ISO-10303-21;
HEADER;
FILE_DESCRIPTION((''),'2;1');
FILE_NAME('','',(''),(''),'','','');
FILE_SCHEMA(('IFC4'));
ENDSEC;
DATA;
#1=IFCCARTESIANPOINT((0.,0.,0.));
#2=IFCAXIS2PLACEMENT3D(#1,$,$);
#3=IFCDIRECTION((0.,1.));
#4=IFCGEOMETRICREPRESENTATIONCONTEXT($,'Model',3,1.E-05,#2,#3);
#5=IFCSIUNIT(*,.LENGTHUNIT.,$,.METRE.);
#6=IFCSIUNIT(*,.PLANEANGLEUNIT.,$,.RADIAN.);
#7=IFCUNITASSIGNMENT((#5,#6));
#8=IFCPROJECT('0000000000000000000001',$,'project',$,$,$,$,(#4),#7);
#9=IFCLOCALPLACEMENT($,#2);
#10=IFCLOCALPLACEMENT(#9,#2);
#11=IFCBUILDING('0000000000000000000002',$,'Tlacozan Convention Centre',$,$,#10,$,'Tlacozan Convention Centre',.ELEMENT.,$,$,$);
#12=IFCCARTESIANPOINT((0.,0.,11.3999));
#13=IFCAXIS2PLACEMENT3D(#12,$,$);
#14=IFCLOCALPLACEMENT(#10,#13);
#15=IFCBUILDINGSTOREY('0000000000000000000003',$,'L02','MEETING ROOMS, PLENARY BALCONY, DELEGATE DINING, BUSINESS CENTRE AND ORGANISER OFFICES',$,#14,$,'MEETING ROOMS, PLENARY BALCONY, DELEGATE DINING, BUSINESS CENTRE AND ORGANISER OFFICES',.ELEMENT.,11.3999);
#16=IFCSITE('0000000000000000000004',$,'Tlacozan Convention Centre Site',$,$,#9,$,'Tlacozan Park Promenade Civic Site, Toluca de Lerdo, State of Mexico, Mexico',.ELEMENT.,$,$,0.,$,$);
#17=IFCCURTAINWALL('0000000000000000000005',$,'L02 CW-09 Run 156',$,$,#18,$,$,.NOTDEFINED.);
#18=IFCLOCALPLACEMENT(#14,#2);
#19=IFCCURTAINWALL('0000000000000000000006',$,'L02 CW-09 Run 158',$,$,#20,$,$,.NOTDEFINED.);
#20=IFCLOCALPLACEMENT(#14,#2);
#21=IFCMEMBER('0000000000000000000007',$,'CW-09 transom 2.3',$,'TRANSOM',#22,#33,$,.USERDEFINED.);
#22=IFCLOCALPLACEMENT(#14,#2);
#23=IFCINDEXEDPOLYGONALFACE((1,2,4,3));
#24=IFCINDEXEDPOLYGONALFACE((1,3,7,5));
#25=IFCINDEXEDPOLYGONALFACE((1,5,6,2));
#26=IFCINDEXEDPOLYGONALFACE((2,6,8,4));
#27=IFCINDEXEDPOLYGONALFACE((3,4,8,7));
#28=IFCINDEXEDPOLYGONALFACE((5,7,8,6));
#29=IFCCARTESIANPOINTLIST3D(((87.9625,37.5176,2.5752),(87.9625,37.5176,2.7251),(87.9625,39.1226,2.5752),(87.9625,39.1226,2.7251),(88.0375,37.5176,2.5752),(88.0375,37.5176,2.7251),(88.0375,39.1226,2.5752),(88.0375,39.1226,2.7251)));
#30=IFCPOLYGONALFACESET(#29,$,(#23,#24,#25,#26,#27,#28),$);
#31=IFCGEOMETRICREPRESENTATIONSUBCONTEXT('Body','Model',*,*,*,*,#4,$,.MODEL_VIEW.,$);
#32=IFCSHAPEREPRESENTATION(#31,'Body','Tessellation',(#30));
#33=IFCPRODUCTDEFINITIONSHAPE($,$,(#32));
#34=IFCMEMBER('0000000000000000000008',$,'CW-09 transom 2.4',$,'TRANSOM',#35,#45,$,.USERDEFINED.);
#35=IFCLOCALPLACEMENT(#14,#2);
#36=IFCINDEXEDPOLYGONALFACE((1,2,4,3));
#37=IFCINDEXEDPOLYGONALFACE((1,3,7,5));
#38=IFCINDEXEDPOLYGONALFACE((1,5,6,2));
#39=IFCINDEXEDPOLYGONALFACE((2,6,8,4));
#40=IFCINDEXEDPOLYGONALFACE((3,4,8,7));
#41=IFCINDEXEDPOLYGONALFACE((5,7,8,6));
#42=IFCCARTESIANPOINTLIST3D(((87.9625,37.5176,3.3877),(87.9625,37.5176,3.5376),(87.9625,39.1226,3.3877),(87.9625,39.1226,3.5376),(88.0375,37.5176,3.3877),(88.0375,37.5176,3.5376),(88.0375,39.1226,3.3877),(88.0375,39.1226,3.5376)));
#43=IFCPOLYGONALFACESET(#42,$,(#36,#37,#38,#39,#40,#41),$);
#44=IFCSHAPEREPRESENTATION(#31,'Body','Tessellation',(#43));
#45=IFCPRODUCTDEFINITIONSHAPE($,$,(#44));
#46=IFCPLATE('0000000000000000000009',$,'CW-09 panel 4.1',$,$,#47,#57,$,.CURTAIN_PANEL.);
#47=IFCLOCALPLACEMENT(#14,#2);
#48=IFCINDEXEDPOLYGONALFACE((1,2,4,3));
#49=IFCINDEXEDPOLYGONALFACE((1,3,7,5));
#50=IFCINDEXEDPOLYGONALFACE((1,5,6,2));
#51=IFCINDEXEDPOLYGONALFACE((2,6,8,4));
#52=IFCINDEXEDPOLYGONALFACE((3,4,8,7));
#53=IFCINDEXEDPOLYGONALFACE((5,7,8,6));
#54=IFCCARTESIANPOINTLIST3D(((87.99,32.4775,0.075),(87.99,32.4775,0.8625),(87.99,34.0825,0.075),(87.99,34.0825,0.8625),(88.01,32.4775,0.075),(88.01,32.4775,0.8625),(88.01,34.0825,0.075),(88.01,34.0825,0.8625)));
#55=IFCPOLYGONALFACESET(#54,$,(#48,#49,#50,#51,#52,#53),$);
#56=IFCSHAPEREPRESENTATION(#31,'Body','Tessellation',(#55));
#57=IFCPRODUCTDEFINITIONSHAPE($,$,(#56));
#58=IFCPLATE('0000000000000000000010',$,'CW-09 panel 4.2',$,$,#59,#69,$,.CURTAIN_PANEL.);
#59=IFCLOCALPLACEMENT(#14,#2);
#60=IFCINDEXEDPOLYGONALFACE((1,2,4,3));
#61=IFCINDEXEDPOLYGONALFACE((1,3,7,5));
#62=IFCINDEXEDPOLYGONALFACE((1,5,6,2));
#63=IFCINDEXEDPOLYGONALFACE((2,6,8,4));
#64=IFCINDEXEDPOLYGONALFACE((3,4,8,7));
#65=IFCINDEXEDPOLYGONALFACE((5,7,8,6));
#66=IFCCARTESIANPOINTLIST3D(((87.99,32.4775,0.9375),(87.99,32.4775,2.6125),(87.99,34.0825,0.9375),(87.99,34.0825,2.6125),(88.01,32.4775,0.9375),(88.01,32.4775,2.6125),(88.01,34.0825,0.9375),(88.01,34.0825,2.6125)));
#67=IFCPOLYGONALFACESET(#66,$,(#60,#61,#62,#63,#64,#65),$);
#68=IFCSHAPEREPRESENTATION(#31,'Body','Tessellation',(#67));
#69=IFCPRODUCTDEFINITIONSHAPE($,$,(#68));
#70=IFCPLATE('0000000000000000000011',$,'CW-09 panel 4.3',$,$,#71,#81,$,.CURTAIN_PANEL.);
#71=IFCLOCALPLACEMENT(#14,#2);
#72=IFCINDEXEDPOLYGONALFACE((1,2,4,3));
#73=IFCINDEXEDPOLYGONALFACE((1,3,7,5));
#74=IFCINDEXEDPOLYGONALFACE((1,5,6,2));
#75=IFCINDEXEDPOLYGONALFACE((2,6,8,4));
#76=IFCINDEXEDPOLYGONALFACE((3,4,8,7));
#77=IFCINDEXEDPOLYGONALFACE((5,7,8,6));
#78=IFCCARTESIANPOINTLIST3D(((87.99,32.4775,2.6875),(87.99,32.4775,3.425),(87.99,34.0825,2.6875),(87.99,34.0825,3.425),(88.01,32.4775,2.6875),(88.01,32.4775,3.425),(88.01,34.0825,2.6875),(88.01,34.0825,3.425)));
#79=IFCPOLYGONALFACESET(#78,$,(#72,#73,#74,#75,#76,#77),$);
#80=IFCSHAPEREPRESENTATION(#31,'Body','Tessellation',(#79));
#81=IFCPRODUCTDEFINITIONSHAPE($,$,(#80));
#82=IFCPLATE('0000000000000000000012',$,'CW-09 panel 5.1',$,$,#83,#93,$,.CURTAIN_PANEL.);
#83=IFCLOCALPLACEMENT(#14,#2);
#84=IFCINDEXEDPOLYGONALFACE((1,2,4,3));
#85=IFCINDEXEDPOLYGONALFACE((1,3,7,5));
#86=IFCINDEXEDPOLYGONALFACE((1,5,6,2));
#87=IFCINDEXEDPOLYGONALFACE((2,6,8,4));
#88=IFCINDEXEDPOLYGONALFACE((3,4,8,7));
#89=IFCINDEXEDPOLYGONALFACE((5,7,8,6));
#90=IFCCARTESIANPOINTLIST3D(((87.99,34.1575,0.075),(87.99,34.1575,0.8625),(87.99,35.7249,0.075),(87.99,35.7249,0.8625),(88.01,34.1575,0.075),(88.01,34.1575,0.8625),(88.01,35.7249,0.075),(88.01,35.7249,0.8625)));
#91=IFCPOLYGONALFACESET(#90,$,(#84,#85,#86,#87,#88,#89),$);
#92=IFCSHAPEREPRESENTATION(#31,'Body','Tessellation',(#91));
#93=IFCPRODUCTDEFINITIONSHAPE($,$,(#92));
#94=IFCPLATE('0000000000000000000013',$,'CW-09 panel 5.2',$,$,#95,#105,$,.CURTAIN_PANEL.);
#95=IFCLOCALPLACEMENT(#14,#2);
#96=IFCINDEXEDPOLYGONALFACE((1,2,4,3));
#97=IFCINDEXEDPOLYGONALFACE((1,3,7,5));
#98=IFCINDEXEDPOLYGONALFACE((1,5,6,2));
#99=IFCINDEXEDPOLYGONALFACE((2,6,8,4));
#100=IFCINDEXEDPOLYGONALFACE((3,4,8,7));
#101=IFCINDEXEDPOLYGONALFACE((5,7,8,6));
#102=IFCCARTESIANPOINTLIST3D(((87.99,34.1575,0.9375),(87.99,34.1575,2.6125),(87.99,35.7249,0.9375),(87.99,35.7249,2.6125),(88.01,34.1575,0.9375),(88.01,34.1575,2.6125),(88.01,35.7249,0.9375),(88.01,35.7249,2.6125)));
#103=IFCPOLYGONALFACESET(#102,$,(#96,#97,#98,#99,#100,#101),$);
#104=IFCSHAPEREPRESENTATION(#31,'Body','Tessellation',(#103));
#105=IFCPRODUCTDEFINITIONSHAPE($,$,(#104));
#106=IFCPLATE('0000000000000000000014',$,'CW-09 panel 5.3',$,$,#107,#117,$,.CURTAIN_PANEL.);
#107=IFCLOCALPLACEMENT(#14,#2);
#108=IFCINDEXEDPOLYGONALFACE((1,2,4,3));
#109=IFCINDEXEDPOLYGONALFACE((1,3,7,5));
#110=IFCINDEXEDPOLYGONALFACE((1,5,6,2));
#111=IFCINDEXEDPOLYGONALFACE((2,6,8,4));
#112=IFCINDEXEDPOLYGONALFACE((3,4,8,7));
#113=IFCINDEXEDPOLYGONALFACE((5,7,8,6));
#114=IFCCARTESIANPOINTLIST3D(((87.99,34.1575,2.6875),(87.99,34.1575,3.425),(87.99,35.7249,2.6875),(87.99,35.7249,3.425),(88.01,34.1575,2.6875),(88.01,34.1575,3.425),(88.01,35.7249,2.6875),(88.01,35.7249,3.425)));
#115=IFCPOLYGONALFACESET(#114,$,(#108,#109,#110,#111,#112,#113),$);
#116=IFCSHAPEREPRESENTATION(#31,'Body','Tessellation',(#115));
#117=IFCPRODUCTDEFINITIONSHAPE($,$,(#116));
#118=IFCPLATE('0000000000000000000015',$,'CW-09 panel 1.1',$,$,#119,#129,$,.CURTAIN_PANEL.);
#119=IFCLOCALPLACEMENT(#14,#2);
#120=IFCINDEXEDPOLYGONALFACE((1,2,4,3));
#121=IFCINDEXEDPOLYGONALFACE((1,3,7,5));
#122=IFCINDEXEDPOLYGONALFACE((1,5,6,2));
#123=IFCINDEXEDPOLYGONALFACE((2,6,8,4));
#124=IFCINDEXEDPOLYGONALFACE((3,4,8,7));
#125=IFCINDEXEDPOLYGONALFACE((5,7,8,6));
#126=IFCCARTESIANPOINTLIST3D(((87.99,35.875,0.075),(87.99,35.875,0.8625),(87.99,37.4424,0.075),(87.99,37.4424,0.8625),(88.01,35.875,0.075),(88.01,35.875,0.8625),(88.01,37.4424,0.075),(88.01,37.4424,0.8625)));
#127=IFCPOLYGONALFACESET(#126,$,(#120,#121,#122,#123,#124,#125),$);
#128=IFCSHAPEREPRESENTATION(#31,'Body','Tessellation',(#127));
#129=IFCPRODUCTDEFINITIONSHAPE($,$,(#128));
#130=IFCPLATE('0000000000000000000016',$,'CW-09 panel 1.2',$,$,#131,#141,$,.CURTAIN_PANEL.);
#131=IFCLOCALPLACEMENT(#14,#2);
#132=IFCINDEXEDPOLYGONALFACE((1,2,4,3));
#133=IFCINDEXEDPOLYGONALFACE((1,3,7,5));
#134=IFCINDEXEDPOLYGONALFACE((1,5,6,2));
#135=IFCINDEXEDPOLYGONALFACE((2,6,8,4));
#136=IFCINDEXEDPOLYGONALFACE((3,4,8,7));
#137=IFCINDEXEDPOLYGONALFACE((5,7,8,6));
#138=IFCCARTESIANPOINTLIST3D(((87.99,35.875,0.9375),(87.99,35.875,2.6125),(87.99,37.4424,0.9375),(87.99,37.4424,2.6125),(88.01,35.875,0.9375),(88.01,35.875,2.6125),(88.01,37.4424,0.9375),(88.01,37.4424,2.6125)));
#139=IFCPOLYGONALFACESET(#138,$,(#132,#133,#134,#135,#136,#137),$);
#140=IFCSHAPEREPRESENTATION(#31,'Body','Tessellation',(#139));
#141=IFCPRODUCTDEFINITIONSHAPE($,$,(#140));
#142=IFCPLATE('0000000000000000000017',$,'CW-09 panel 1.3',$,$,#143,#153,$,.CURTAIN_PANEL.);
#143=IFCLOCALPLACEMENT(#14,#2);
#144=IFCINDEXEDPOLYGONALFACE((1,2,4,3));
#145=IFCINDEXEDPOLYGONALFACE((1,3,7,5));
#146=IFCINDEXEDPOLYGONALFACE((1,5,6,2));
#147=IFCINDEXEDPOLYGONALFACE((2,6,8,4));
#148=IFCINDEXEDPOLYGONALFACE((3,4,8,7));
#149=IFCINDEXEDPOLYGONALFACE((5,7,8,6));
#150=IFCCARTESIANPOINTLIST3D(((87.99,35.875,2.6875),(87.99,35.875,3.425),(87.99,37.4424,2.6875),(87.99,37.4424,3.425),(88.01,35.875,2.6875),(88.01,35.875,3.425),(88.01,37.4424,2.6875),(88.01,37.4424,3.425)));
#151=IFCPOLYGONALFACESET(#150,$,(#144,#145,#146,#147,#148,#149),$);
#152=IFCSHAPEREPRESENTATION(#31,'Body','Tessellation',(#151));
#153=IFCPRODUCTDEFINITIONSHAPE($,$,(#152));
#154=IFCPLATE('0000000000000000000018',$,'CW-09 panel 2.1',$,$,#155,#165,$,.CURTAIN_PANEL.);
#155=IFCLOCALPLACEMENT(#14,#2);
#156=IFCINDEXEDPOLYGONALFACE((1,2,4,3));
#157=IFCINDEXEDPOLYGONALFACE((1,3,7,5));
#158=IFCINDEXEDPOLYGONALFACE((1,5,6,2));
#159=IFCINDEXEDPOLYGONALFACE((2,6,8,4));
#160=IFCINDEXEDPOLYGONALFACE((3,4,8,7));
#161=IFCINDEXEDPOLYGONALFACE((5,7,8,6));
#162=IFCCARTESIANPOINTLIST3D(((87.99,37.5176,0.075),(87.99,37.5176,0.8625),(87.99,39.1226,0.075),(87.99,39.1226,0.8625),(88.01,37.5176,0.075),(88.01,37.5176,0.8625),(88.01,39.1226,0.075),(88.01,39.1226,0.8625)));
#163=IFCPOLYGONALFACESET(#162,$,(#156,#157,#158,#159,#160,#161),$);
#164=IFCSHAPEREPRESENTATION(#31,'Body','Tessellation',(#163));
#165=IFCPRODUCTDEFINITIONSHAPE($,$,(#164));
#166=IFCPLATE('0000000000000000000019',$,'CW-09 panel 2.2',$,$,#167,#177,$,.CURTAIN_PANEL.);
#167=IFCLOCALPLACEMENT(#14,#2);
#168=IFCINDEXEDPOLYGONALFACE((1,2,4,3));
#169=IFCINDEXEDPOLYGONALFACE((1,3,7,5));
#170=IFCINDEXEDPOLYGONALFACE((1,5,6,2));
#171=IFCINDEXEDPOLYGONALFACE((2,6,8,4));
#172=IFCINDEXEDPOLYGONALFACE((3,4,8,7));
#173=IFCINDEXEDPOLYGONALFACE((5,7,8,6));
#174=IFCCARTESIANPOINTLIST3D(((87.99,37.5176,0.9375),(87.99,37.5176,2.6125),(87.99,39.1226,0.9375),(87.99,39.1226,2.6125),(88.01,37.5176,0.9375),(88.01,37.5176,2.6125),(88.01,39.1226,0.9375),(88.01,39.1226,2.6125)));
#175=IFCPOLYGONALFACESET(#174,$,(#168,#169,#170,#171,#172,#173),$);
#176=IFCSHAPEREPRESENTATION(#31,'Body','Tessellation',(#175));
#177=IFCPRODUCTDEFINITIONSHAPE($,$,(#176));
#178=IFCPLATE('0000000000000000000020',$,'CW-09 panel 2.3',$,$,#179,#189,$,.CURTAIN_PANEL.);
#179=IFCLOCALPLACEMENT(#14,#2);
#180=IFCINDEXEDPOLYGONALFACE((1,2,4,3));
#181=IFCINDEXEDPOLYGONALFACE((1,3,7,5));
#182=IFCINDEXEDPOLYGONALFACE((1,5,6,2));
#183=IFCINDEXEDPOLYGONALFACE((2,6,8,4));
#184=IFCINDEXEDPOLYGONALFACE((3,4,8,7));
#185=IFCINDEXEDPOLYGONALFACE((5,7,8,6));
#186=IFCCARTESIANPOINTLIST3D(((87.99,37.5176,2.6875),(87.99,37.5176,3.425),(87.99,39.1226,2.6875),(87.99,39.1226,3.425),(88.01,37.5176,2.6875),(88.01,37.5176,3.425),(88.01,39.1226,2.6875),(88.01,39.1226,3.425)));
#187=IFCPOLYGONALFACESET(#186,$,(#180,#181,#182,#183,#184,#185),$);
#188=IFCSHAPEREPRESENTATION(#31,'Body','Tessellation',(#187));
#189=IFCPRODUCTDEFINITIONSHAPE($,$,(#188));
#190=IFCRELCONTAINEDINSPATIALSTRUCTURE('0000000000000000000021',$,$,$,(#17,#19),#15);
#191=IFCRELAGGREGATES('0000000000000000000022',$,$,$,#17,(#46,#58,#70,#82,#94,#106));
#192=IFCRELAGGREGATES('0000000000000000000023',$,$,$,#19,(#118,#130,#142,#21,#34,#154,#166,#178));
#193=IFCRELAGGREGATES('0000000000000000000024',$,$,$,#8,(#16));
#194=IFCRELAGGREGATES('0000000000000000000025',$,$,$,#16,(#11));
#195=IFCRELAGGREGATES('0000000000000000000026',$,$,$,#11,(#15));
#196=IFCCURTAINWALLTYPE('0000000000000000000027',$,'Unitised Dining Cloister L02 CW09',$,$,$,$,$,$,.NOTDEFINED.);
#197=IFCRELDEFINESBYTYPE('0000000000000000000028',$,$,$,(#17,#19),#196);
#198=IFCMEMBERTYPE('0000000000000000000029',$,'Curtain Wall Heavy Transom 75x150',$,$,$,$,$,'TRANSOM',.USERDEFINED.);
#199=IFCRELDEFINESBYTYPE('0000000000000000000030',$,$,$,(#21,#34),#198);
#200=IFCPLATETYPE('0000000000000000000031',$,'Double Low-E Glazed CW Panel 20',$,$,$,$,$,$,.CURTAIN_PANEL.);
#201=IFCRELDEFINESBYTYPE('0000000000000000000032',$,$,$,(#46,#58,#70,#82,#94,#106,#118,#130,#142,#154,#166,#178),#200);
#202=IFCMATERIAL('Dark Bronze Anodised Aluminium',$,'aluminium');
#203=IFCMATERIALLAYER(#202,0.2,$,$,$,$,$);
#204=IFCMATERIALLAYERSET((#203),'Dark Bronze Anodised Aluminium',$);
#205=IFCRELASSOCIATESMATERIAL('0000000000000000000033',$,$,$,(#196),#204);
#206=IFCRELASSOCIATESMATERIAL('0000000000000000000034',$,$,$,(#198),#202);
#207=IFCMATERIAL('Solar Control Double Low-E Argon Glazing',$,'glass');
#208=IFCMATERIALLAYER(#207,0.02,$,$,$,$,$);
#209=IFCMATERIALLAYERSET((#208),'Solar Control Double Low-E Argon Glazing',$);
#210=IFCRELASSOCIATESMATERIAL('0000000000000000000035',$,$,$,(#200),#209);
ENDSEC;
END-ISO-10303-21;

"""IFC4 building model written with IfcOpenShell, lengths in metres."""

from ifc_helpers import new_model, si_unit, direction, frame, origin, origin_2d, place, context, subcontext, project, spatial, rectangle, extrude, material, layer, layer_set, material_profile, profile_set, type_object, element, aggregate, save


model = new_model("IFC4")

# Units and contexts
model_context = context("Model", 3, precision=1e-05, world=origin(), true_north=direction((0.0, 1.0)))
body_context = subcontext(model_context, "Body", "Model", "MODEL_VIEW")
ifc_project = project(units=[si_unit("LENGTHUNIT", "METRE"), si_unit("PLANEANGLEUNIT", "RADIAN")], contexts=[model_context])

# Site, building, storey
site_placement = place(None, origin())
site = spatial("IfcSite", under=ifc_project, at=site_placement, Name="Tlacozan Convention Centre Site", LongName="Tlacozan Park Promenade Civic Site, Toluca de Lerdo, State of Mexico, Mexico", CompositionType="ELEMENT", RefElevation=0.0)
building_placement = place(site_placement, origin())
building = spatial("IfcBuilding", under=site, at=building_placement, Name="Tlacozan Convention Centre", LongName="Tlacozan Convention Centre", CompositionType="ELEMENT")
storey_placement = place(building_placement, frame((0.0, 0.0, 11.3999)))
storey = spatial("IfcBuildingStorey", under=building, at=storey_placement, Name="L02", Description="MEETING ROOMS, PLENARY BALCONY, DELEGATE DINING, BUSINESS CENTRE AND ORGANISER OFFICES", LongName="MEETING ROOMS, PLENARY BALCONY, DELEGATE DINING, BUSINESS CENTRE AND ORGANISER OFFICES", CompositionType="ELEMENT", Elevation=11.3999)

# Curtain walls
ifc_material_1 = material(Name="Dark Bronze Anodised Aluminium", Category="aluminium")
ifc_layer_1 = layer(ifc_material_1, 0.2)
ifc_layer_set_1 = layer_set([ifc_layer_1], Name="Dark Bronze Anodised Aluminium")
curtain_wall_type = type_object("IfcCurtainWallType", Name="Unitised Dining Cloister L02 CW09", PredefinedType="NOTDEFINED", material=ifc_layer_set_1)
curtain_wall_1_placement = place(storey_placement, origin())
curtain_wall_1 = element("IfcCurtainWall", 1, at=curtain_wall_1_placement, inside=storey, type_object=curtain_wall_type, Name="L02 CW-09 Run 156", PredefinedType="NOTDEFINED")
curtain_wall_2_placement = place(storey_placement, origin())
curtain_wall_2 = element("IfcCurtainWall", 2, at=curtain_wall_2_placement, inside=storey, type_object=curtain_wall_type, Name="L02 CW-09 Run 158", PredefinedType="NOTDEFINED")

# Members
ifc_material_profile_1 = material_profile(ifc_material_1, rectangle(XDim=0.075, YDim=0.1499, at=origin_2d()), Name="ALU 75x150")
ifc_profile_set_1 = profile_set([ifc_material_profile_1], Name="Dark Bronze Anodised Aluminium")
member_type_1 = type_object("IfcMemberType", Name="Curtain Wall Heavy Transom 75x150", ElementType="TRANSOM", PredefinedType="USERDEFINED", material=ifc_profile_set_1)
member_1_placement = place(storey_placement, frame((88.0, 37.5176, 2.6501), z_axis=(0.0, 1.0, 0.0), x_axis=(-1.0, 0.0, 0.0)))
member_1 = element("IfcMember", 3, at=member_1_placement, type_object=member_type_1, Name="CW-09 transom 2.3", ObjectType="TRANSOM", PredefinedType="USERDEFINED", context=body_context, shape_type="SweptSolid", body=[
    extrude(rectangle(XDim=0.075, YDim=0.1499, at=origin_2d()), origin(), (0.0, 0.0, 1.0), 1.605),
])
member_2_placement = place(storey_placement, frame((88.0, 37.5176, 3.4626), z_axis=(0.0, 1.0, 0.0), x_axis=(-1.0, 0.0, 0.0)))
member_2 = element("IfcMember", 4, at=member_2_placement, type_object=member_type_1, Name="CW-09 transom 2.4", ObjectType="TRANSOM", PredefinedType="USERDEFINED", context=body_context, shape_type="SweptSolid", body=[
    extrude(rectangle(XDim=0.075, YDim=0.1499, at=origin_2d()), origin(), (0.0, 0.0, 1.0), 1.605),
])

# Plates
ifc_material_2 = material(Name="Solar Control Double Low-E Argon Glazing", Category="glass")
ifc_layer_2 = layer(ifc_material_2, 0.02)
ifc_layer_set_2 = layer_set([ifc_layer_2], Name="Solar Control Double Low-E Argon Glazing")
plate_type = type_object("IfcPlateType", Name="Double Low-E Glazed CW Panel 20", PredefinedType="CURTAIN_PANEL", material=ifc_layer_set_2)
plate_1_placement = place(storey_placement, frame((88.0, 33.28, 0.075), z_axis=(0.0, 0.0, 1.0), x_axis=(0.0, 1.0, 0.0)))
plate_1 = element("IfcPlate", 5, at=plate_1_placement, type_object=plate_type, Name="CW-09 panel 4.1", PredefinedType="CURTAIN_PANEL", context=body_context, shape_type="SweptSolid", body=[
    extrude(rectangle(XDim=1.605, YDim=0.02, at=origin_2d()), origin(), (0.0, 0.0, 1.0), 0.7876),
])
plate_2_placement = place(storey_placement, frame((88.0, 33.28, 0.9375), z_axis=(0.0, 0.0, 1.0), x_axis=(0.0, 1.0, 0.0)))
plate_2 = element("IfcPlate", 6, at=plate_2_placement, type_object=plate_type, Name="CW-09 panel 4.2", PredefinedType="CURTAIN_PANEL", context=body_context, shape_type="SweptSolid", body=[
    extrude(rectangle(XDim=1.605, YDim=0.02, at=origin_2d()), origin(), (0.0, 0.0, 1.0), 1.675),
])
plate_3_placement = place(storey_placement, frame((88.0, 33.28, 2.6875), z_axis=(0.0, 0.0, 1.0), x_axis=(0.0, 1.0, 0.0)))
plate_3 = element("IfcPlate", 7, at=plate_3_placement, type_object=plate_type, Name="CW-09 panel 4.3", PredefinedType="CURTAIN_PANEL", context=body_context, shape_type="SweptSolid", body=[
    extrude(rectangle(XDim=1.605, YDim=0.02, at=origin_2d()), origin(), (0.0, 0.0, 1.0), 0.7375),
])
plate_4_placement = place(storey_placement, frame((88.0, 34.9412, 0.075), z_axis=(0.0, 0.0, 1.0), x_axis=(0.0, 1.0, 0.0)))
plate_4 = element("IfcPlate", 8, at=plate_4_placement, type_object=plate_type, Name="CW-09 panel 5.1", PredefinedType="CURTAIN_PANEL", context=body_context, shape_type="SweptSolid", body=[
    extrude(rectangle(XDim=1.5674, YDim=0.02, at=origin_2d()), origin(), (0.0, 0.0, 1.0), 0.7876),
])
plate_5_placement = place(storey_placement, frame((88.0, 34.9412, 0.9375), z_axis=(0.0, 0.0, 1.0), x_axis=(0.0, 1.0, 0.0)))
plate_5 = element("IfcPlate", 9, at=plate_5_placement, type_object=plate_type, Name="CW-09 panel 5.2", PredefinedType="CURTAIN_PANEL", context=body_context, shape_type="SweptSolid", body=[
    extrude(rectangle(XDim=1.5674, YDim=0.02, at=origin_2d()), origin(), (0.0, 0.0, 1.0), 1.675),
])
plate_6_placement = place(storey_placement, frame((88.0, 34.9412, 2.6875), z_axis=(0.0, 0.0, 1.0), x_axis=(0.0, 1.0, 0.0)))
plate_6 = element("IfcPlate", 10, at=plate_6_placement, type_object=plate_type, Name="CW-09 panel 5.3", PredefinedType="CURTAIN_PANEL", context=body_context, shape_type="SweptSolid", body=[
    extrude(rectangle(XDim=1.5674, YDim=0.02, at=origin_2d()), origin(), (0.0, 0.0, 1.0), 0.7375),
])
aggregate(curtain_wall_1, [plate_1, plate_2, plate_3, plate_4, plate_5, plate_6])
plate_7_placement = place(storey_placement, frame((88.0, 36.6587, 0.075), z_axis=(0.0, 0.0, 1.0), x_axis=(0.0, 1.0, 0.0)))
plate_7 = element("IfcPlate", 11, at=plate_7_placement, type_object=plate_type, Name="CW-09 panel 1.1", PredefinedType="CURTAIN_PANEL", context=body_context, shape_type="SweptSolid", body=[
    extrude(rectangle(XDim=1.5674, YDim=0.02, at=origin_2d()), origin(), (0.0, 0.0, 1.0), 0.7876),
])
plate_8_placement = place(storey_placement, frame((88.0, 36.6587, 0.9375), z_axis=(0.0, 0.0, 1.0), x_axis=(0.0, 1.0, 0.0)))
plate_8 = element("IfcPlate", 12, at=plate_8_placement, type_object=plate_type, Name="CW-09 panel 1.2", PredefinedType="CURTAIN_PANEL", context=body_context, shape_type="SweptSolid", body=[
    extrude(rectangle(XDim=1.5674, YDim=0.02, at=origin_2d()), origin(), (0.0, 0.0, 1.0), 1.675),
])
plate_9_placement = place(storey_placement, frame((88.0, 36.6587, 2.6875), z_axis=(0.0, 0.0, 1.0), x_axis=(0.0, 1.0, 0.0)))
plate_9 = element("IfcPlate", 13, at=plate_9_placement, type_object=plate_type, Name="CW-09 panel 1.3", PredefinedType="CURTAIN_PANEL", context=body_context, shape_type="SweptSolid", body=[
    extrude(rectangle(XDim=1.5674, YDim=0.02, at=origin_2d()), origin(), (0.0, 0.0, 1.0), 0.7375),
])
plate_10_placement = place(storey_placement, frame((88.0, 38.3201, 0.075), z_axis=(0.0, 0.0, 1.0), x_axis=(0.0, 1.0, 0.0)))
plate_10 = element("IfcPlate", 14, at=plate_10_placement, type_object=plate_type, Name="CW-09 panel 2.1", PredefinedType="CURTAIN_PANEL", context=body_context, shape_type="SweptSolid", body=[
    extrude(rectangle(XDim=1.605, YDim=0.02, at=origin_2d()), origin(), (0.0, 0.0, 1.0), 0.7876),
])
plate_11_placement = place(storey_placement, frame((88.0, 38.3201, 0.9375), z_axis=(0.0, 0.0, 1.0), x_axis=(0.0, 1.0, 0.0)))
plate_11 = element("IfcPlate", 15, at=plate_11_placement, type_object=plate_type, Name="CW-09 panel 2.2", PredefinedType="CURTAIN_PANEL", context=body_context, shape_type="SweptSolid", body=[
    extrude(rectangle(XDim=1.605, YDim=0.02, at=origin_2d()), origin(), (0.0, 0.0, 1.0), 1.675),
])
plate_12_placement = place(storey_placement, frame((88.0, 38.3201, 2.6875), z_axis=(0.0, 0.0, 1.0), x_axis=(0.0, 1.0, 0.0)))
plate_12 = element("IfcPlate", 16, at=plate_12_placement, type_object=plate_type, Name="CW-09 panel 2.3", PredefinedType="CURTAIN_PANEL", context=body_context, shape_type="SweptSolid", body=[
    extrude(rectangle(XDim=1.605, YDim=0.02, at=origin_2d()), origin(), (0.0, 0.0, 1.0), 0.7375),
])
aggregate(curtain_wall_2, [plate_7, plate_8, plate_9, member_1, member_2, plate_10, plate_11, plate_12])

save(model, "model.ifc")
